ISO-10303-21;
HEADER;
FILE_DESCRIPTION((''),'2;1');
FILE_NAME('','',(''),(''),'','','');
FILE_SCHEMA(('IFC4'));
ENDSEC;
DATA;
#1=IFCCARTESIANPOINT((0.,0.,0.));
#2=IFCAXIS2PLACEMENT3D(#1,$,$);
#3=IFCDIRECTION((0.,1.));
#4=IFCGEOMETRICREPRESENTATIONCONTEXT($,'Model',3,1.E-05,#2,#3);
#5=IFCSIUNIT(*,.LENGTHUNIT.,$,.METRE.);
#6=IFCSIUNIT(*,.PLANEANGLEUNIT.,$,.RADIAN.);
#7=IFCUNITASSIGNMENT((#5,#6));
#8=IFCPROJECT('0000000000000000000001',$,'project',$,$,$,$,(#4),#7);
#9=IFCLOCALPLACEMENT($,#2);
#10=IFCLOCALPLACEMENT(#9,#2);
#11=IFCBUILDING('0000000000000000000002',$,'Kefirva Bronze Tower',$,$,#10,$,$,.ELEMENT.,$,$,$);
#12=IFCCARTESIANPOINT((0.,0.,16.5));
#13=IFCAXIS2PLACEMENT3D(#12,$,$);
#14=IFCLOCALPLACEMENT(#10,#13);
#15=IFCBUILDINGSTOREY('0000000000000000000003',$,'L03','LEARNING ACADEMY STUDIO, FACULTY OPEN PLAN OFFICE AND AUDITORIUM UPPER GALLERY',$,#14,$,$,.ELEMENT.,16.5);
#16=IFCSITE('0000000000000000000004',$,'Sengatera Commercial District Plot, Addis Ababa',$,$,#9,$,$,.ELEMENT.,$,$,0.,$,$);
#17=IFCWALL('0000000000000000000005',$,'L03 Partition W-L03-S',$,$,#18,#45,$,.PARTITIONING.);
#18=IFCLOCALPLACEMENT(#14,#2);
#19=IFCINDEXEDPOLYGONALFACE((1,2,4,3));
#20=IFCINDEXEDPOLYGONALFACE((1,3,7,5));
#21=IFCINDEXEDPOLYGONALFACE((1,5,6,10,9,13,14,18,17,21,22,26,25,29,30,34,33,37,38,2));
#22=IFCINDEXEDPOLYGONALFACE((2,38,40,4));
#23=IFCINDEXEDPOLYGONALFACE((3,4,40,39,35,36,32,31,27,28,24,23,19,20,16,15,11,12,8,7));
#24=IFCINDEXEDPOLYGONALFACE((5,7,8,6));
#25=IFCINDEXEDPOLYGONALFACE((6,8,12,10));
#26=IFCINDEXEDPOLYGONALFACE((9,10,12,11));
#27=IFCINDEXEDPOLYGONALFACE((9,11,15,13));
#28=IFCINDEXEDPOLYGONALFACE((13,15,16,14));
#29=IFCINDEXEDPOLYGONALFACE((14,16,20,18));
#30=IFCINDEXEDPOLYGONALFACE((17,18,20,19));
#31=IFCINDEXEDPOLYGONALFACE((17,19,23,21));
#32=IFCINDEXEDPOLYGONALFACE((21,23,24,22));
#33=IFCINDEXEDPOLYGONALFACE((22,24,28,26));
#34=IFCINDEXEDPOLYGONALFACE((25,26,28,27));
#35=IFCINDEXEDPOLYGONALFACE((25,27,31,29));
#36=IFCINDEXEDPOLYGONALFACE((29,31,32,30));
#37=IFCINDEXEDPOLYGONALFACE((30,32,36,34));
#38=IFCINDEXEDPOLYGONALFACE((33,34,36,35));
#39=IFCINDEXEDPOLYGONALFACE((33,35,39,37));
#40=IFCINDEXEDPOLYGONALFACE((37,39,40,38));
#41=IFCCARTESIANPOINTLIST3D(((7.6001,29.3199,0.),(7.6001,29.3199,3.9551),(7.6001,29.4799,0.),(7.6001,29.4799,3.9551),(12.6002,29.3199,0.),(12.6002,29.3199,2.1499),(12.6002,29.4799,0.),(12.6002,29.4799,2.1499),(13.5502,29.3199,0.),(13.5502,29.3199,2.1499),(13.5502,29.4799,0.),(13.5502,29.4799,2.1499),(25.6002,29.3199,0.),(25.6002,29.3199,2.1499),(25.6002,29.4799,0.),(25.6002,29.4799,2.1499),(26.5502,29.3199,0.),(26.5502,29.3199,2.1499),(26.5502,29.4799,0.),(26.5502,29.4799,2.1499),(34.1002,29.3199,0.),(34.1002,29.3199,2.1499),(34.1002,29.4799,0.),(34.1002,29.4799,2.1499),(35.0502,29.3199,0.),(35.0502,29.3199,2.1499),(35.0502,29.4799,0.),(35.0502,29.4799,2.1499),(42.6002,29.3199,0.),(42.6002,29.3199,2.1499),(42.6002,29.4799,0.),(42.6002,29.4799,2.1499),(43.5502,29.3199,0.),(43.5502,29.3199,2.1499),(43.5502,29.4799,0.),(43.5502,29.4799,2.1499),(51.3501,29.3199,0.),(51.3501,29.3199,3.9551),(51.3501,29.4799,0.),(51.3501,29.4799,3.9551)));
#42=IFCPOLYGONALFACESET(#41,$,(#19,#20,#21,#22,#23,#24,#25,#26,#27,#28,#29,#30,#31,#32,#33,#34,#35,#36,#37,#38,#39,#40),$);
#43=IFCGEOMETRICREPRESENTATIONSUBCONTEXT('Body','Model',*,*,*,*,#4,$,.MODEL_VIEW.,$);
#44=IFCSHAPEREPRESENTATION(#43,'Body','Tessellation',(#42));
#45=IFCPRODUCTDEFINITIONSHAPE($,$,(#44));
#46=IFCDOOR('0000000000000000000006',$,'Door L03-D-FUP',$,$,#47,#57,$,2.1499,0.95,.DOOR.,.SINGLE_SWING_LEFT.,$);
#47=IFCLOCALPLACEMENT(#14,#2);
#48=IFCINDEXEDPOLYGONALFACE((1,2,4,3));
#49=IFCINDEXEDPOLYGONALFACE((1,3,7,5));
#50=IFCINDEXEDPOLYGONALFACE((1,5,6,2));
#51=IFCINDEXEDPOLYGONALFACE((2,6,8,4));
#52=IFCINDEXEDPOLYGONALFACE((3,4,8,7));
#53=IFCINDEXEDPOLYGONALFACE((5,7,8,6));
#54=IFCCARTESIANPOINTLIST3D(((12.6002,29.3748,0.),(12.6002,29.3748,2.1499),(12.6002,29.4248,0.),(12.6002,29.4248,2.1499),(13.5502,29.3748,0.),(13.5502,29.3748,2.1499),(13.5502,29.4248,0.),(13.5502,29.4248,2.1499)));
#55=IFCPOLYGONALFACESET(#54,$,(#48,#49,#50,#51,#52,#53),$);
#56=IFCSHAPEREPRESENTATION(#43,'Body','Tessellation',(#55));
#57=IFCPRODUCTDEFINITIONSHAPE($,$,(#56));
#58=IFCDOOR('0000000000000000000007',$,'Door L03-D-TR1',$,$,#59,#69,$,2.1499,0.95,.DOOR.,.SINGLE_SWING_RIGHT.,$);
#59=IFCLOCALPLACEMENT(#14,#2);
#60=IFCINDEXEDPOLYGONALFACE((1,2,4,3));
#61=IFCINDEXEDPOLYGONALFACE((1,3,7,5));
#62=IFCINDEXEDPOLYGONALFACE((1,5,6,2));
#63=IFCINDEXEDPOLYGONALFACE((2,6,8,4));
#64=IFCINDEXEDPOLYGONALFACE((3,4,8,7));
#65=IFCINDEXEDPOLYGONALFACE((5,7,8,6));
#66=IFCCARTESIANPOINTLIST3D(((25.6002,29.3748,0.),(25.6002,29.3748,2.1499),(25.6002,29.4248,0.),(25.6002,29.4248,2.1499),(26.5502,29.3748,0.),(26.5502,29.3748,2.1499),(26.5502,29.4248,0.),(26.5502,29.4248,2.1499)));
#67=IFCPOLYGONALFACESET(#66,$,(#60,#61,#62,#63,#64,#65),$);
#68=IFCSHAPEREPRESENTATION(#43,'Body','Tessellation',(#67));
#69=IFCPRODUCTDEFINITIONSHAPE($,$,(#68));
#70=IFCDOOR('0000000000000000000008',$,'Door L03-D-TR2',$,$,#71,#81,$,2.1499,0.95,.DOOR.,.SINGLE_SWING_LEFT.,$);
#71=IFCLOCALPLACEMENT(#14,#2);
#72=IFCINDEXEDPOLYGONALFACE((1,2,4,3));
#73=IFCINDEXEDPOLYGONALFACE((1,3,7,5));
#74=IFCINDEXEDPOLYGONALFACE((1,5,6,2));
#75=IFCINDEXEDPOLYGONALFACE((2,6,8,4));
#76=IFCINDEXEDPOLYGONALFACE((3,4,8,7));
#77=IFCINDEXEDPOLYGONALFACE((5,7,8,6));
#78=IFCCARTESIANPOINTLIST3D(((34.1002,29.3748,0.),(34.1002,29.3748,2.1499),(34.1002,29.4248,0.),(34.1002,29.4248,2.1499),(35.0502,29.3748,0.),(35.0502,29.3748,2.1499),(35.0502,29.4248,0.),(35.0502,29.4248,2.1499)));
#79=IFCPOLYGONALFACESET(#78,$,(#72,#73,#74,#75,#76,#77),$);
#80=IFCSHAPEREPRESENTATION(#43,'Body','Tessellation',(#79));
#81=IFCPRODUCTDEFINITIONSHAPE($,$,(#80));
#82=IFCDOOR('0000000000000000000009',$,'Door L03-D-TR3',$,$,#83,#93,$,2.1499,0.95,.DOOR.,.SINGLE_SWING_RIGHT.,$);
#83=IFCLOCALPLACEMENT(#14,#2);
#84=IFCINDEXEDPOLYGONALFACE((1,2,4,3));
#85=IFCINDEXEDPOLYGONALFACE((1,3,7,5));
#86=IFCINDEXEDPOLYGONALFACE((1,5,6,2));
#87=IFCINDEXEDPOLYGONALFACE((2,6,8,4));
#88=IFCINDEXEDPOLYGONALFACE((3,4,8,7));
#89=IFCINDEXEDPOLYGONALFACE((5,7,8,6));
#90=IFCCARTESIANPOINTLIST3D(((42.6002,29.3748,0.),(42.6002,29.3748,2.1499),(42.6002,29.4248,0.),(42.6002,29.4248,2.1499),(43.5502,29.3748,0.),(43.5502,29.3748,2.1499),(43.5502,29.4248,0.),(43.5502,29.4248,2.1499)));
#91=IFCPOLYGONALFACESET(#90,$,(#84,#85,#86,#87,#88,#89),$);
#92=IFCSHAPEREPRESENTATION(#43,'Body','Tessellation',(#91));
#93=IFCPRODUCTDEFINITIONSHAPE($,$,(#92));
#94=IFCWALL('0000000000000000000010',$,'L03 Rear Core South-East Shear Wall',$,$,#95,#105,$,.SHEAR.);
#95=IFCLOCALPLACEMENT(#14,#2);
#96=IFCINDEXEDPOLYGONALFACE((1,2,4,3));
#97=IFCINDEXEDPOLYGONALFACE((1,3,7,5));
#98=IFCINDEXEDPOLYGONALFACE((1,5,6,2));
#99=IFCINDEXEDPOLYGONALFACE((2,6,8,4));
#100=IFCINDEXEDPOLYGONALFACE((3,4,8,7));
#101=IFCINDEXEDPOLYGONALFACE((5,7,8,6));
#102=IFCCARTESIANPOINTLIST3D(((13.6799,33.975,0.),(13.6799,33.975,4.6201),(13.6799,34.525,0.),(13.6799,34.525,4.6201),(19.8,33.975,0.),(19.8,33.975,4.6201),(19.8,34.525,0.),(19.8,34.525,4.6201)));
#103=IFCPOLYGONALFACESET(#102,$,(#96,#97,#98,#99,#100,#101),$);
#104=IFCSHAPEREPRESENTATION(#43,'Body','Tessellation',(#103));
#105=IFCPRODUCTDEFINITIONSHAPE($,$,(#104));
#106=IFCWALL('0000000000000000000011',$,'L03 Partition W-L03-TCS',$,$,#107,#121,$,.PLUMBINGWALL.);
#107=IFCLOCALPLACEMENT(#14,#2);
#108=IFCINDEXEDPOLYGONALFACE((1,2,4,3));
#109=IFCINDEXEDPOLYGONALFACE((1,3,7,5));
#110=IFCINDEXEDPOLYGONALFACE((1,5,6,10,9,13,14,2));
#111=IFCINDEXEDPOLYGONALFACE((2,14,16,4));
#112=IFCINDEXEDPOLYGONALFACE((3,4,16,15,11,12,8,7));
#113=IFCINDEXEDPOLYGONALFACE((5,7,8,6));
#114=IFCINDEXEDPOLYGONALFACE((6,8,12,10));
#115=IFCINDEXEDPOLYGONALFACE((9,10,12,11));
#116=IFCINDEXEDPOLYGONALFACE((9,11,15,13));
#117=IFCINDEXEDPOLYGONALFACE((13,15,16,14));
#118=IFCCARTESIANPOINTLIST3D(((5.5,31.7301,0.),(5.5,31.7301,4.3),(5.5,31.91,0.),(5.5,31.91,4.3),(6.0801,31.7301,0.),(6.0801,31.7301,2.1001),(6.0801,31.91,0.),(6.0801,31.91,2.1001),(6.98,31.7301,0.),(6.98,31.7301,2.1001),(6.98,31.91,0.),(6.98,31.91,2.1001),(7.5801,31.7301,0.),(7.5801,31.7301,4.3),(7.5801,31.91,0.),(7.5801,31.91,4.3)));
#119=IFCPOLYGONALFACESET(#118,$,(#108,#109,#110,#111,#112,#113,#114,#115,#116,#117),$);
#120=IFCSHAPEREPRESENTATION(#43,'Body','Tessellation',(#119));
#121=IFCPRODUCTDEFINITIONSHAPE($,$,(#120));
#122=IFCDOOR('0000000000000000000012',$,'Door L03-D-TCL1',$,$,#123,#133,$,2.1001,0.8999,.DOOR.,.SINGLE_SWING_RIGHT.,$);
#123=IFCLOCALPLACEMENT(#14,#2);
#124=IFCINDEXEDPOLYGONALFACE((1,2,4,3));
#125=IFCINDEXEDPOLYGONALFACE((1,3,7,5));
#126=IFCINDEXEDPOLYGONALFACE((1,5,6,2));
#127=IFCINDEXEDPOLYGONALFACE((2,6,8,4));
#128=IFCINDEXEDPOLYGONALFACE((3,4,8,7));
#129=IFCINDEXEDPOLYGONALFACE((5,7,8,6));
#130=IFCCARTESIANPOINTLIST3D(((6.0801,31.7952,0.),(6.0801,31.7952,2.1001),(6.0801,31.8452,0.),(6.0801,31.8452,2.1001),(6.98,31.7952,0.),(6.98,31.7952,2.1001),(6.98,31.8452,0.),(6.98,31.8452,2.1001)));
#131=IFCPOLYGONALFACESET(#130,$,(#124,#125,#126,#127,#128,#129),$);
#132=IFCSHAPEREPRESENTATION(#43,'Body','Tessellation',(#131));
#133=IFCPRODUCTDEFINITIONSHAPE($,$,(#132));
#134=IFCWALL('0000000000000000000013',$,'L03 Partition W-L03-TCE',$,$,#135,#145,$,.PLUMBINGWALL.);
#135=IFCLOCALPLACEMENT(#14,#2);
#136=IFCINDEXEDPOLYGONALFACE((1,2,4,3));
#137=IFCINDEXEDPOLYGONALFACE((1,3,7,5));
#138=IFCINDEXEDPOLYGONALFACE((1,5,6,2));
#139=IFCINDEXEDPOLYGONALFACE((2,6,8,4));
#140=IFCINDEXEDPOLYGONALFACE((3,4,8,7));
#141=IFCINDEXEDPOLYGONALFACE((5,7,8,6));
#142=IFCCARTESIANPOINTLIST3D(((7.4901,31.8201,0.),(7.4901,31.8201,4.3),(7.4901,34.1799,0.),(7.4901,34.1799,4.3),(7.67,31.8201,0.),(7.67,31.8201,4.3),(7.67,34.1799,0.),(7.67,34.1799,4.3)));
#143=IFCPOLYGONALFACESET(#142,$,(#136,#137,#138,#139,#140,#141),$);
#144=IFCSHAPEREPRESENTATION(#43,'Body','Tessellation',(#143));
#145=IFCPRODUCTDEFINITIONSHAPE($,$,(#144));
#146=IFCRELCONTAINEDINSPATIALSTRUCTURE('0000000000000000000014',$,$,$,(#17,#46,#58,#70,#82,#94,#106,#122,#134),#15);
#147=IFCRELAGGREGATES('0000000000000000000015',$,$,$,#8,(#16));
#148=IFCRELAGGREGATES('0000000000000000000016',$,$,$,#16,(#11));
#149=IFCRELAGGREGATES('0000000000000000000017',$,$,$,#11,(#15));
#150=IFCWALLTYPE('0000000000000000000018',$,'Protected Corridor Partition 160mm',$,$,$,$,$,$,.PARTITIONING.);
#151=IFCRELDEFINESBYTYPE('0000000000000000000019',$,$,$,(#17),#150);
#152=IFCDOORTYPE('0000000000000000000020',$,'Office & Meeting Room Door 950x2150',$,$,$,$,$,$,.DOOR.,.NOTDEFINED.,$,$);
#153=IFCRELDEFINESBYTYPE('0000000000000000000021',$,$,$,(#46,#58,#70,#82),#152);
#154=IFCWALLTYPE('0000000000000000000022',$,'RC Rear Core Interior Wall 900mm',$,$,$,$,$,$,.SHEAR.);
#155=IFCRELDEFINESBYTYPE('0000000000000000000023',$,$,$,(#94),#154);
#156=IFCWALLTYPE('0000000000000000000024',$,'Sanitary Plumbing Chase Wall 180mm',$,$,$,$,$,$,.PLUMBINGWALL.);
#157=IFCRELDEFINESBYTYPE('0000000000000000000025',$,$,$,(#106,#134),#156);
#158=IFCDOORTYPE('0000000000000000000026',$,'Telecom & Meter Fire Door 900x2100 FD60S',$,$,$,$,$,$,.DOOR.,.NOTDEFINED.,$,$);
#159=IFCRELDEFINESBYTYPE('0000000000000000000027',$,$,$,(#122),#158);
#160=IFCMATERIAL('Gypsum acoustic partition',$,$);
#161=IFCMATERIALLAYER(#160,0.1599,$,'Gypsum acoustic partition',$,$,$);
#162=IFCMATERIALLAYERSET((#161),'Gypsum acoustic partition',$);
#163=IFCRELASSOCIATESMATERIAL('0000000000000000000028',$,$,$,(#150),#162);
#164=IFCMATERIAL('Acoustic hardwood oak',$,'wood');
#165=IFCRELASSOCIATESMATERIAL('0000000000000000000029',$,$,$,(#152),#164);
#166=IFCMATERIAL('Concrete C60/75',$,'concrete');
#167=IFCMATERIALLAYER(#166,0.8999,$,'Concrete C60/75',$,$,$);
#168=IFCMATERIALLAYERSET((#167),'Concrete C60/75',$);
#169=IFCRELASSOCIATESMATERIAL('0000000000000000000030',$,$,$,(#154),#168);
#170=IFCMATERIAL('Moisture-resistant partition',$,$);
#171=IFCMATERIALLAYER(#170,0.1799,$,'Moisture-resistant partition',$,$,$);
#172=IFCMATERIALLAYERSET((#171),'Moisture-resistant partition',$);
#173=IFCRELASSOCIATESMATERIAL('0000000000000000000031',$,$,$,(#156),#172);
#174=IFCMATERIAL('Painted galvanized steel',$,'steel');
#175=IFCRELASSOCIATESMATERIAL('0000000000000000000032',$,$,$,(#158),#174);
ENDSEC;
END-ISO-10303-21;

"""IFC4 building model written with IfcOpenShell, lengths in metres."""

from ifc_helpers import new_model, si_unit, direction, frame, frame_2d, origin, place, context, subcontext, project, spatial, rectangle, extrude, material, layer, layer_set, type_object, element, fill, save


model = new_model("IFC4")

# Units and contexts
model_context = context("Model", 3, precision=1e-05, world=origin(), true_north=direction((0.0, 1.0)))
body_context = subcontext(model_context, "Body", "Model", "MODEL_VIEW")
ifc_project = project(units=[si_unit("LENGTHUNIT", "METRE"), si_unit("PLANEANGLEUNIT", "RADIAN")], contexts=[model_context])

# Site, building, storey
site_placement = place(None, origin())
site = spatial("IfcSite", under=ifc_project, at=site_placement, Name="Sengatera Commercial District Plot, Addis Ababa", CompositionType="ELEMENT", RefElevation=0.0)
building_placement = place(site_placement, origin())
building = spatial("IfcBuilding", under=site, at=building_placement, Name="Kefirva Bronze Tower", CompositionType="ELEMENT")
storey_placement = place(building_placement, frame((0.0, 0.0, 16.5)))
storey = spatial("IfcBuildingStorey", under=building, at=storey_placement, Name="L03", Description="LEARNING ACADEMY STUDIO, FACULTY OPEN PLAN OFFICE AND AUDITORIUM UPPER GALLERY", CompositionType="ELEMENT", Elevation=16.5)

# Shared definitions
ifc_material_1 = material(Name="Concrete C60/75", Category="concrete")

# Shared definitions
ifc_material_2 = material(Name="Painted galvanized steel", Category="steel")

# Wall, openings, doors
ifc_material_3 = material(Name="Gypsum acoustic partition")
ifc_layer_1 = layer(ifc_material_3, 0.1599, Name="Gypsum acoustic partition")
ifc_layer_set_1 = layer_set([ifc_layer_1], Name="Gypsum acoustic partition")
wall_type_1 = type_object("IfcWallType", Name="Protected Corridor Partition 160mm", PredefinedType="PARTITIONING", material=ifc_layer_set_1)
wall_1_placement = place(storey_placement, frame((7.6001, 29.3999, 0.0), z_axis=(0.0, 0.0, 1.0), x_axis=(1.0, 0.0, 0.0)))
wall_1 = element("IfcWall", 1, at=wall_1_placement, inside=storey, type_object=wall_type_1, Name="L03 Partition W-L03-S", PredefinedType="PARTITIONING", context=body_context, shape_type="SweptSolid", body=[
    extrude(rectangle(XDim=43.75, YDim=0.1599, at=frame_2d((21.875, 0.0))), origin(), (0.0, 0.0, 1.0), 3.9551),
])
opening_1_placement = place(wall_1_placement, frame((5.0, 0.0, 0.0)))
opening_1 = element("IfcOpeningElement", 2, at=opening_1_placement, cuts=wall_1, PredefinedType="OPENING", context=body_context, shape_type="SweptSolid", body=[
    extrude(rectangle(XDim=0.95, YDim=2.1499, at=frame_2d((0.4751, 1.075))), frame((0.0, 0.0898, 0.0), z_axis=(0.0, -1.0, 0.0), x_axis=(1.0, 0.0, 0.0)), (0.0, 0.0, 1.0), 0.1799),
])
opening_2_placement = place(wall_1_placement, frame((18.0, 0.0, 0.0)))
opening_2 = element("IfcOpeningElement", 3, at=opening_2_placement, cuts=wall_1, PredefinedType="OPENING", context=body_context, shape_type="SweptSolid", body=[
    extrude(rectangle(XDim=0.95, YDim=2.1499, at=frame_2d((0.4751, 1.075))), frame((0.0, 0.0898, 0.0), z_axis=(0.0, -1.0, 0.0), x_axis=(1.0, 0.0, 0.0)), (0.0, 0.0, 1.0), 0.1799),
])
opening_3_placement = place(wall_1_placement, frame((26.5, 0.0, 0.0)))
opening_3 = element("IfcOpeningElement", 4, at=opening_3_placement, cuts=wall_1, PredefinedType="OPENING", context=body_context, shape_type="SweptSolid", body=[
    extrude(rectangle(XDim=0.95, YDim=2.1499, at=frame_2d((0.4751, 1.075))), frame((0.0, 0.0898, 0.0), z_axis=(0.0, -1.0, 0.0), x_axis=(1.0, 0.0, 0.0)), (0.0, 0.0, 1.0), 0.1799),
])
opening_4_placement = place(wall_1_placement, frame((35.0, 0.0, 0.0)))
opening_4 = element("IfcOpeningElement", 5, at=opening_4_placement, cuts=wall_1, PredefinedType="OPENING", context=body_context, shape_type="SweptSolid", body=[
    extrude(rectangle(XDim=0.95, YDim=2.1499, at=frame_2d((0.4751, 1.075))), frame((0.0, 0.0898, 0.0), z_axis=(0.0, -1.0, 0.0), x_axis=(1.0, 0.0, 0.0)), (0.0, 0.0, 1.0), 0.1799),
])
ifc_material_4 = material(Name="Acoustic hardwood oak", Category="wood")
door_type_1 = type_object("IfcDoorType", Name="Office & Meeting Room Door 950x2150", OperationType="NOTDEFINED", PredefinedType="DOOR", material=ifc_material_4)
door_1_placement = place(opening_1_placement, origin())
door_1 = element("IfcDoor", 6, at=door_1_placement, inside=storey, type_object=door_type_1, Name="Door L03-D-FUP", OperationType="SINGLE_SWING_LEFT", OverallHeight=2.1499, OverallWidth=0.95, PredefinedType="DOOR", context=body_context, shape_type="SweptSolid", body=[
    extrude(rectangle(XDim=0.95, YDim=2.1499, at=frame_2d((0.4751, 1.075))), frame((0.0, 0.0249, 0.0), z_axis=(0.0, -1.0, 0.0), x_axis=(1.0, 0.0, 0.0)), (0.0, 0.0, 1.0), 0.05),
])
fill(opening_1, door_1)
door_2_placement = place(opening_2_placement, origin())
door_2 = element("IfcDoor", 7, at=door_2_placement, inside=storey, type_object=door_type_1, Name="Door L03-D-TR1", OperationType="SINGLE_SWING_RIGHT", OverallHeight=2.1499, OverallWidth=0.95, PredefinedType="DOOR", context=body_context, shape_type="SweptSolid", body=[
    extrude(rectangle(XDim=0.95, YDim=2.1499, at=frame_2d((0.4751, 1.075))), frame((0.0, 0.0249, 0.0), z_axis=(0.0, -1.0, 0.0), x_axis=(1.0, 0.0, 0.0)), (0.0, 0.0, 1.0), 0.05),
])
fill(opening_2, door_2)
door_3_placement = place(opening_3_placement, origin())
door_3 = element("IfcDoor", 8, at=door_3_placement, inside=storey, type_object=door_type_1, Name="Door L03-D-TR2", OperationType="SINGLE_SWING_LEFT", OverallHeight=2.1499, OverallWidth=0.95, PredefinedType="DOOR", context=body_context, shape_type="SweptSolid", body=[
    extrude(rectangle(XDim=0.95, YDim=2.1499, at=frame_2d((0.4751, 1.075))), frame((0.0, 0.0249, 0.0), z_axis=(0.0, -1.0, 0.0), x_axis=(1.0, 0.0, 0.0)), (0.0, 0.0, 1.0), 0.05),
])
fill(opening_3, door_3)
door_4_placement = place(opening_4_placement, origin())
door_4 = element("IfcDoor", 9, at=door_4_placement, inside=storey, type_object=door_type_1, Name="Door L03-D-TR3", OperationType="SINGLE_SWING_RIGHT", OverallHeight=2.1499, OverallWidth=0.95, PredefinedType="DOOR", context=body_context, shape_type="SweptSolid", body=[
    extrude(rectangle(XDim=0.95, YDim=2.1499, at=frame_2d((0.4751, 1.075))), frame((0.0, 0.0249, 0.0), z_axis=(0.0, -1.0, 0.0), x_axis=(1.0, 0.0, 0.0)), (0.0, 0.0, 1.0), 0.05),
])
fill(opening_4, door_4)

# Shared definitions
ifc_layer_2 = layer(ifc_material_1, 0.8999, Name="Concrete C60/75")
ifc_layer_set_2 = layer_set([ifc_layer_2], Name="Concrete C60/75")
wall_type_2 = type_object("IfcWallType", Name="RC Rear Core Interior Wall 900mm", PredefinedType="SHEAR", material=ifc_layer_set_2)

# Wall
wall_2_placement = place(storey_placement, frame((13.6799, 34.25, 0.0), z_axis=(0.0, 0.0, 1.0), x_axis=(1.0, 0.0, 0.0)))
element("IfcWall", 10, at=wall_2_placement, inside=storey, type_object=wall_type_2, Name="L03 Rear Core South-East Shear Wall", PredefinedType="SHEAR", context=body_context, shape_type="SweptSolid", body=[
    extrude(rectangle(XDim=6.1201, YDim=0.55, at=frame_2d((3.0601, 0.0))), origin(), (0.0, 0.0, 1.0), 4.6201),
])

# Wall, opening, door
ifc_material_5 = material(Name="Moisture-resistant partition")
ifc_layer_3 = layer(ifc_material_5, 0.1799, Name="Moisture-resistant partition")
ifc_layer_set_3 = layer_set([ifc_layer_3], Name="Moisture-resistant partition")
wall_type_3 = type_object("IfcWallType", Name="Sanitary Plumbing Chase Wall 180mm", PredefinedType="PLUMBINGWALL", material=ifc_layer_set_3)
wall_3_placement = place(storey_placement, frame((5.5, 31.8201, 0.0), z_axis=(0.0, 0.0, 1.0), x_axis=(1.0, 0.0, 0.0)))
wall_3 = element("IfcWall", 11, at=wall_3_placement, inside=storey, type_object=wall_type_3, Name="L03 Partition W-L03-TCS", PredefinedType="PLUMBINGWALL", context=body_context, shape_type="SweptSolid", body=[
    extrude(rectangle(XDim=2.0801, YDim=0.1799, at=frame_2d((1.04, 0.0))), origin(), (0.0, 0.0, 1.0), 4.3),
])
opening_5_placement = place(wall_3_placement, frame((1.48, 0.0, 0.0), z_axis=(0.0, 0.0, 1.0), x_axis=(-1.0, 0.0, 0.0)))
opening_5 = element("IfcOpeningElement", 12, at=opening_5_placement, cuts=wall_3, PredefinedType="OPENING", context=body_context, shape_type="SweptSolid", body=[
    extrude(rectangle(XDim=0.8999, YDim=2.1001, at=frame_2d((0.45, 1.05))), frame((0.0, 0.1001, 0.0), z_axis=(0.0, -1.0, 0.0), x_axis=(1.0, 0.0, 0.0)), (0.0, 0.0, 1.0), 0.2),
])
door_type_2 = type_object("IfcDoorType", Name="Telecom & Meter Fire Door 900x2100 FD60S", OperationType="NOTDEFINED", PredefinedType="DOOR", material=ifc_material_2)
door_5_placement = place(opening_5_placement, origin())
door_5 = element("IfcDoor", 13, at=door_5_placement, inside=storey, type_object=door_type_2, Name="Door L03-D-TCL1", OperationType="SINGLE_SWING_RIGHT", OverallHeight=2.1001, OverallWidth=0.8999, PredefinedType="DOOR", context=body_context, shape_type="SweptSolid", body=[
    extrude(rectangle(XDim=0.8999, YDim=2.1001, at=frame_2d((0.45, 1.05))), frame((0.0, 0.0249, 0.0), z_axis=(0.0, -1.0, 0.0), x_axis=(1.0, 0.0, 0.0)), (0.0, 0.0, 1.0), 0.05),
])
fill(opening_5, door_5)

# Wall
wall_4_placement = place(storey_placement, frame((7.5801, 31.8201, 0.0), z_axis=(0.0, 0.0, 1.0), x_axis=(0.0, 1.0, 0.0)))
element("IfcWall", 14, at=wall_4_placement, inside=storey, type_object=wall_type_3, Name="L03 Partition W-L03-TCE", PredefinedType="PLUMBINGWALL", context=body_context, shape_type="SweptSolid", body=[
    extrude(rectangle(XDim=2.3599, YDim=0.1799, at=frame_2d((1.1799, 0.0))), origin(), (0.0, 0.0, 1.0), 4.3),
])

save(model, "model.ifc")
